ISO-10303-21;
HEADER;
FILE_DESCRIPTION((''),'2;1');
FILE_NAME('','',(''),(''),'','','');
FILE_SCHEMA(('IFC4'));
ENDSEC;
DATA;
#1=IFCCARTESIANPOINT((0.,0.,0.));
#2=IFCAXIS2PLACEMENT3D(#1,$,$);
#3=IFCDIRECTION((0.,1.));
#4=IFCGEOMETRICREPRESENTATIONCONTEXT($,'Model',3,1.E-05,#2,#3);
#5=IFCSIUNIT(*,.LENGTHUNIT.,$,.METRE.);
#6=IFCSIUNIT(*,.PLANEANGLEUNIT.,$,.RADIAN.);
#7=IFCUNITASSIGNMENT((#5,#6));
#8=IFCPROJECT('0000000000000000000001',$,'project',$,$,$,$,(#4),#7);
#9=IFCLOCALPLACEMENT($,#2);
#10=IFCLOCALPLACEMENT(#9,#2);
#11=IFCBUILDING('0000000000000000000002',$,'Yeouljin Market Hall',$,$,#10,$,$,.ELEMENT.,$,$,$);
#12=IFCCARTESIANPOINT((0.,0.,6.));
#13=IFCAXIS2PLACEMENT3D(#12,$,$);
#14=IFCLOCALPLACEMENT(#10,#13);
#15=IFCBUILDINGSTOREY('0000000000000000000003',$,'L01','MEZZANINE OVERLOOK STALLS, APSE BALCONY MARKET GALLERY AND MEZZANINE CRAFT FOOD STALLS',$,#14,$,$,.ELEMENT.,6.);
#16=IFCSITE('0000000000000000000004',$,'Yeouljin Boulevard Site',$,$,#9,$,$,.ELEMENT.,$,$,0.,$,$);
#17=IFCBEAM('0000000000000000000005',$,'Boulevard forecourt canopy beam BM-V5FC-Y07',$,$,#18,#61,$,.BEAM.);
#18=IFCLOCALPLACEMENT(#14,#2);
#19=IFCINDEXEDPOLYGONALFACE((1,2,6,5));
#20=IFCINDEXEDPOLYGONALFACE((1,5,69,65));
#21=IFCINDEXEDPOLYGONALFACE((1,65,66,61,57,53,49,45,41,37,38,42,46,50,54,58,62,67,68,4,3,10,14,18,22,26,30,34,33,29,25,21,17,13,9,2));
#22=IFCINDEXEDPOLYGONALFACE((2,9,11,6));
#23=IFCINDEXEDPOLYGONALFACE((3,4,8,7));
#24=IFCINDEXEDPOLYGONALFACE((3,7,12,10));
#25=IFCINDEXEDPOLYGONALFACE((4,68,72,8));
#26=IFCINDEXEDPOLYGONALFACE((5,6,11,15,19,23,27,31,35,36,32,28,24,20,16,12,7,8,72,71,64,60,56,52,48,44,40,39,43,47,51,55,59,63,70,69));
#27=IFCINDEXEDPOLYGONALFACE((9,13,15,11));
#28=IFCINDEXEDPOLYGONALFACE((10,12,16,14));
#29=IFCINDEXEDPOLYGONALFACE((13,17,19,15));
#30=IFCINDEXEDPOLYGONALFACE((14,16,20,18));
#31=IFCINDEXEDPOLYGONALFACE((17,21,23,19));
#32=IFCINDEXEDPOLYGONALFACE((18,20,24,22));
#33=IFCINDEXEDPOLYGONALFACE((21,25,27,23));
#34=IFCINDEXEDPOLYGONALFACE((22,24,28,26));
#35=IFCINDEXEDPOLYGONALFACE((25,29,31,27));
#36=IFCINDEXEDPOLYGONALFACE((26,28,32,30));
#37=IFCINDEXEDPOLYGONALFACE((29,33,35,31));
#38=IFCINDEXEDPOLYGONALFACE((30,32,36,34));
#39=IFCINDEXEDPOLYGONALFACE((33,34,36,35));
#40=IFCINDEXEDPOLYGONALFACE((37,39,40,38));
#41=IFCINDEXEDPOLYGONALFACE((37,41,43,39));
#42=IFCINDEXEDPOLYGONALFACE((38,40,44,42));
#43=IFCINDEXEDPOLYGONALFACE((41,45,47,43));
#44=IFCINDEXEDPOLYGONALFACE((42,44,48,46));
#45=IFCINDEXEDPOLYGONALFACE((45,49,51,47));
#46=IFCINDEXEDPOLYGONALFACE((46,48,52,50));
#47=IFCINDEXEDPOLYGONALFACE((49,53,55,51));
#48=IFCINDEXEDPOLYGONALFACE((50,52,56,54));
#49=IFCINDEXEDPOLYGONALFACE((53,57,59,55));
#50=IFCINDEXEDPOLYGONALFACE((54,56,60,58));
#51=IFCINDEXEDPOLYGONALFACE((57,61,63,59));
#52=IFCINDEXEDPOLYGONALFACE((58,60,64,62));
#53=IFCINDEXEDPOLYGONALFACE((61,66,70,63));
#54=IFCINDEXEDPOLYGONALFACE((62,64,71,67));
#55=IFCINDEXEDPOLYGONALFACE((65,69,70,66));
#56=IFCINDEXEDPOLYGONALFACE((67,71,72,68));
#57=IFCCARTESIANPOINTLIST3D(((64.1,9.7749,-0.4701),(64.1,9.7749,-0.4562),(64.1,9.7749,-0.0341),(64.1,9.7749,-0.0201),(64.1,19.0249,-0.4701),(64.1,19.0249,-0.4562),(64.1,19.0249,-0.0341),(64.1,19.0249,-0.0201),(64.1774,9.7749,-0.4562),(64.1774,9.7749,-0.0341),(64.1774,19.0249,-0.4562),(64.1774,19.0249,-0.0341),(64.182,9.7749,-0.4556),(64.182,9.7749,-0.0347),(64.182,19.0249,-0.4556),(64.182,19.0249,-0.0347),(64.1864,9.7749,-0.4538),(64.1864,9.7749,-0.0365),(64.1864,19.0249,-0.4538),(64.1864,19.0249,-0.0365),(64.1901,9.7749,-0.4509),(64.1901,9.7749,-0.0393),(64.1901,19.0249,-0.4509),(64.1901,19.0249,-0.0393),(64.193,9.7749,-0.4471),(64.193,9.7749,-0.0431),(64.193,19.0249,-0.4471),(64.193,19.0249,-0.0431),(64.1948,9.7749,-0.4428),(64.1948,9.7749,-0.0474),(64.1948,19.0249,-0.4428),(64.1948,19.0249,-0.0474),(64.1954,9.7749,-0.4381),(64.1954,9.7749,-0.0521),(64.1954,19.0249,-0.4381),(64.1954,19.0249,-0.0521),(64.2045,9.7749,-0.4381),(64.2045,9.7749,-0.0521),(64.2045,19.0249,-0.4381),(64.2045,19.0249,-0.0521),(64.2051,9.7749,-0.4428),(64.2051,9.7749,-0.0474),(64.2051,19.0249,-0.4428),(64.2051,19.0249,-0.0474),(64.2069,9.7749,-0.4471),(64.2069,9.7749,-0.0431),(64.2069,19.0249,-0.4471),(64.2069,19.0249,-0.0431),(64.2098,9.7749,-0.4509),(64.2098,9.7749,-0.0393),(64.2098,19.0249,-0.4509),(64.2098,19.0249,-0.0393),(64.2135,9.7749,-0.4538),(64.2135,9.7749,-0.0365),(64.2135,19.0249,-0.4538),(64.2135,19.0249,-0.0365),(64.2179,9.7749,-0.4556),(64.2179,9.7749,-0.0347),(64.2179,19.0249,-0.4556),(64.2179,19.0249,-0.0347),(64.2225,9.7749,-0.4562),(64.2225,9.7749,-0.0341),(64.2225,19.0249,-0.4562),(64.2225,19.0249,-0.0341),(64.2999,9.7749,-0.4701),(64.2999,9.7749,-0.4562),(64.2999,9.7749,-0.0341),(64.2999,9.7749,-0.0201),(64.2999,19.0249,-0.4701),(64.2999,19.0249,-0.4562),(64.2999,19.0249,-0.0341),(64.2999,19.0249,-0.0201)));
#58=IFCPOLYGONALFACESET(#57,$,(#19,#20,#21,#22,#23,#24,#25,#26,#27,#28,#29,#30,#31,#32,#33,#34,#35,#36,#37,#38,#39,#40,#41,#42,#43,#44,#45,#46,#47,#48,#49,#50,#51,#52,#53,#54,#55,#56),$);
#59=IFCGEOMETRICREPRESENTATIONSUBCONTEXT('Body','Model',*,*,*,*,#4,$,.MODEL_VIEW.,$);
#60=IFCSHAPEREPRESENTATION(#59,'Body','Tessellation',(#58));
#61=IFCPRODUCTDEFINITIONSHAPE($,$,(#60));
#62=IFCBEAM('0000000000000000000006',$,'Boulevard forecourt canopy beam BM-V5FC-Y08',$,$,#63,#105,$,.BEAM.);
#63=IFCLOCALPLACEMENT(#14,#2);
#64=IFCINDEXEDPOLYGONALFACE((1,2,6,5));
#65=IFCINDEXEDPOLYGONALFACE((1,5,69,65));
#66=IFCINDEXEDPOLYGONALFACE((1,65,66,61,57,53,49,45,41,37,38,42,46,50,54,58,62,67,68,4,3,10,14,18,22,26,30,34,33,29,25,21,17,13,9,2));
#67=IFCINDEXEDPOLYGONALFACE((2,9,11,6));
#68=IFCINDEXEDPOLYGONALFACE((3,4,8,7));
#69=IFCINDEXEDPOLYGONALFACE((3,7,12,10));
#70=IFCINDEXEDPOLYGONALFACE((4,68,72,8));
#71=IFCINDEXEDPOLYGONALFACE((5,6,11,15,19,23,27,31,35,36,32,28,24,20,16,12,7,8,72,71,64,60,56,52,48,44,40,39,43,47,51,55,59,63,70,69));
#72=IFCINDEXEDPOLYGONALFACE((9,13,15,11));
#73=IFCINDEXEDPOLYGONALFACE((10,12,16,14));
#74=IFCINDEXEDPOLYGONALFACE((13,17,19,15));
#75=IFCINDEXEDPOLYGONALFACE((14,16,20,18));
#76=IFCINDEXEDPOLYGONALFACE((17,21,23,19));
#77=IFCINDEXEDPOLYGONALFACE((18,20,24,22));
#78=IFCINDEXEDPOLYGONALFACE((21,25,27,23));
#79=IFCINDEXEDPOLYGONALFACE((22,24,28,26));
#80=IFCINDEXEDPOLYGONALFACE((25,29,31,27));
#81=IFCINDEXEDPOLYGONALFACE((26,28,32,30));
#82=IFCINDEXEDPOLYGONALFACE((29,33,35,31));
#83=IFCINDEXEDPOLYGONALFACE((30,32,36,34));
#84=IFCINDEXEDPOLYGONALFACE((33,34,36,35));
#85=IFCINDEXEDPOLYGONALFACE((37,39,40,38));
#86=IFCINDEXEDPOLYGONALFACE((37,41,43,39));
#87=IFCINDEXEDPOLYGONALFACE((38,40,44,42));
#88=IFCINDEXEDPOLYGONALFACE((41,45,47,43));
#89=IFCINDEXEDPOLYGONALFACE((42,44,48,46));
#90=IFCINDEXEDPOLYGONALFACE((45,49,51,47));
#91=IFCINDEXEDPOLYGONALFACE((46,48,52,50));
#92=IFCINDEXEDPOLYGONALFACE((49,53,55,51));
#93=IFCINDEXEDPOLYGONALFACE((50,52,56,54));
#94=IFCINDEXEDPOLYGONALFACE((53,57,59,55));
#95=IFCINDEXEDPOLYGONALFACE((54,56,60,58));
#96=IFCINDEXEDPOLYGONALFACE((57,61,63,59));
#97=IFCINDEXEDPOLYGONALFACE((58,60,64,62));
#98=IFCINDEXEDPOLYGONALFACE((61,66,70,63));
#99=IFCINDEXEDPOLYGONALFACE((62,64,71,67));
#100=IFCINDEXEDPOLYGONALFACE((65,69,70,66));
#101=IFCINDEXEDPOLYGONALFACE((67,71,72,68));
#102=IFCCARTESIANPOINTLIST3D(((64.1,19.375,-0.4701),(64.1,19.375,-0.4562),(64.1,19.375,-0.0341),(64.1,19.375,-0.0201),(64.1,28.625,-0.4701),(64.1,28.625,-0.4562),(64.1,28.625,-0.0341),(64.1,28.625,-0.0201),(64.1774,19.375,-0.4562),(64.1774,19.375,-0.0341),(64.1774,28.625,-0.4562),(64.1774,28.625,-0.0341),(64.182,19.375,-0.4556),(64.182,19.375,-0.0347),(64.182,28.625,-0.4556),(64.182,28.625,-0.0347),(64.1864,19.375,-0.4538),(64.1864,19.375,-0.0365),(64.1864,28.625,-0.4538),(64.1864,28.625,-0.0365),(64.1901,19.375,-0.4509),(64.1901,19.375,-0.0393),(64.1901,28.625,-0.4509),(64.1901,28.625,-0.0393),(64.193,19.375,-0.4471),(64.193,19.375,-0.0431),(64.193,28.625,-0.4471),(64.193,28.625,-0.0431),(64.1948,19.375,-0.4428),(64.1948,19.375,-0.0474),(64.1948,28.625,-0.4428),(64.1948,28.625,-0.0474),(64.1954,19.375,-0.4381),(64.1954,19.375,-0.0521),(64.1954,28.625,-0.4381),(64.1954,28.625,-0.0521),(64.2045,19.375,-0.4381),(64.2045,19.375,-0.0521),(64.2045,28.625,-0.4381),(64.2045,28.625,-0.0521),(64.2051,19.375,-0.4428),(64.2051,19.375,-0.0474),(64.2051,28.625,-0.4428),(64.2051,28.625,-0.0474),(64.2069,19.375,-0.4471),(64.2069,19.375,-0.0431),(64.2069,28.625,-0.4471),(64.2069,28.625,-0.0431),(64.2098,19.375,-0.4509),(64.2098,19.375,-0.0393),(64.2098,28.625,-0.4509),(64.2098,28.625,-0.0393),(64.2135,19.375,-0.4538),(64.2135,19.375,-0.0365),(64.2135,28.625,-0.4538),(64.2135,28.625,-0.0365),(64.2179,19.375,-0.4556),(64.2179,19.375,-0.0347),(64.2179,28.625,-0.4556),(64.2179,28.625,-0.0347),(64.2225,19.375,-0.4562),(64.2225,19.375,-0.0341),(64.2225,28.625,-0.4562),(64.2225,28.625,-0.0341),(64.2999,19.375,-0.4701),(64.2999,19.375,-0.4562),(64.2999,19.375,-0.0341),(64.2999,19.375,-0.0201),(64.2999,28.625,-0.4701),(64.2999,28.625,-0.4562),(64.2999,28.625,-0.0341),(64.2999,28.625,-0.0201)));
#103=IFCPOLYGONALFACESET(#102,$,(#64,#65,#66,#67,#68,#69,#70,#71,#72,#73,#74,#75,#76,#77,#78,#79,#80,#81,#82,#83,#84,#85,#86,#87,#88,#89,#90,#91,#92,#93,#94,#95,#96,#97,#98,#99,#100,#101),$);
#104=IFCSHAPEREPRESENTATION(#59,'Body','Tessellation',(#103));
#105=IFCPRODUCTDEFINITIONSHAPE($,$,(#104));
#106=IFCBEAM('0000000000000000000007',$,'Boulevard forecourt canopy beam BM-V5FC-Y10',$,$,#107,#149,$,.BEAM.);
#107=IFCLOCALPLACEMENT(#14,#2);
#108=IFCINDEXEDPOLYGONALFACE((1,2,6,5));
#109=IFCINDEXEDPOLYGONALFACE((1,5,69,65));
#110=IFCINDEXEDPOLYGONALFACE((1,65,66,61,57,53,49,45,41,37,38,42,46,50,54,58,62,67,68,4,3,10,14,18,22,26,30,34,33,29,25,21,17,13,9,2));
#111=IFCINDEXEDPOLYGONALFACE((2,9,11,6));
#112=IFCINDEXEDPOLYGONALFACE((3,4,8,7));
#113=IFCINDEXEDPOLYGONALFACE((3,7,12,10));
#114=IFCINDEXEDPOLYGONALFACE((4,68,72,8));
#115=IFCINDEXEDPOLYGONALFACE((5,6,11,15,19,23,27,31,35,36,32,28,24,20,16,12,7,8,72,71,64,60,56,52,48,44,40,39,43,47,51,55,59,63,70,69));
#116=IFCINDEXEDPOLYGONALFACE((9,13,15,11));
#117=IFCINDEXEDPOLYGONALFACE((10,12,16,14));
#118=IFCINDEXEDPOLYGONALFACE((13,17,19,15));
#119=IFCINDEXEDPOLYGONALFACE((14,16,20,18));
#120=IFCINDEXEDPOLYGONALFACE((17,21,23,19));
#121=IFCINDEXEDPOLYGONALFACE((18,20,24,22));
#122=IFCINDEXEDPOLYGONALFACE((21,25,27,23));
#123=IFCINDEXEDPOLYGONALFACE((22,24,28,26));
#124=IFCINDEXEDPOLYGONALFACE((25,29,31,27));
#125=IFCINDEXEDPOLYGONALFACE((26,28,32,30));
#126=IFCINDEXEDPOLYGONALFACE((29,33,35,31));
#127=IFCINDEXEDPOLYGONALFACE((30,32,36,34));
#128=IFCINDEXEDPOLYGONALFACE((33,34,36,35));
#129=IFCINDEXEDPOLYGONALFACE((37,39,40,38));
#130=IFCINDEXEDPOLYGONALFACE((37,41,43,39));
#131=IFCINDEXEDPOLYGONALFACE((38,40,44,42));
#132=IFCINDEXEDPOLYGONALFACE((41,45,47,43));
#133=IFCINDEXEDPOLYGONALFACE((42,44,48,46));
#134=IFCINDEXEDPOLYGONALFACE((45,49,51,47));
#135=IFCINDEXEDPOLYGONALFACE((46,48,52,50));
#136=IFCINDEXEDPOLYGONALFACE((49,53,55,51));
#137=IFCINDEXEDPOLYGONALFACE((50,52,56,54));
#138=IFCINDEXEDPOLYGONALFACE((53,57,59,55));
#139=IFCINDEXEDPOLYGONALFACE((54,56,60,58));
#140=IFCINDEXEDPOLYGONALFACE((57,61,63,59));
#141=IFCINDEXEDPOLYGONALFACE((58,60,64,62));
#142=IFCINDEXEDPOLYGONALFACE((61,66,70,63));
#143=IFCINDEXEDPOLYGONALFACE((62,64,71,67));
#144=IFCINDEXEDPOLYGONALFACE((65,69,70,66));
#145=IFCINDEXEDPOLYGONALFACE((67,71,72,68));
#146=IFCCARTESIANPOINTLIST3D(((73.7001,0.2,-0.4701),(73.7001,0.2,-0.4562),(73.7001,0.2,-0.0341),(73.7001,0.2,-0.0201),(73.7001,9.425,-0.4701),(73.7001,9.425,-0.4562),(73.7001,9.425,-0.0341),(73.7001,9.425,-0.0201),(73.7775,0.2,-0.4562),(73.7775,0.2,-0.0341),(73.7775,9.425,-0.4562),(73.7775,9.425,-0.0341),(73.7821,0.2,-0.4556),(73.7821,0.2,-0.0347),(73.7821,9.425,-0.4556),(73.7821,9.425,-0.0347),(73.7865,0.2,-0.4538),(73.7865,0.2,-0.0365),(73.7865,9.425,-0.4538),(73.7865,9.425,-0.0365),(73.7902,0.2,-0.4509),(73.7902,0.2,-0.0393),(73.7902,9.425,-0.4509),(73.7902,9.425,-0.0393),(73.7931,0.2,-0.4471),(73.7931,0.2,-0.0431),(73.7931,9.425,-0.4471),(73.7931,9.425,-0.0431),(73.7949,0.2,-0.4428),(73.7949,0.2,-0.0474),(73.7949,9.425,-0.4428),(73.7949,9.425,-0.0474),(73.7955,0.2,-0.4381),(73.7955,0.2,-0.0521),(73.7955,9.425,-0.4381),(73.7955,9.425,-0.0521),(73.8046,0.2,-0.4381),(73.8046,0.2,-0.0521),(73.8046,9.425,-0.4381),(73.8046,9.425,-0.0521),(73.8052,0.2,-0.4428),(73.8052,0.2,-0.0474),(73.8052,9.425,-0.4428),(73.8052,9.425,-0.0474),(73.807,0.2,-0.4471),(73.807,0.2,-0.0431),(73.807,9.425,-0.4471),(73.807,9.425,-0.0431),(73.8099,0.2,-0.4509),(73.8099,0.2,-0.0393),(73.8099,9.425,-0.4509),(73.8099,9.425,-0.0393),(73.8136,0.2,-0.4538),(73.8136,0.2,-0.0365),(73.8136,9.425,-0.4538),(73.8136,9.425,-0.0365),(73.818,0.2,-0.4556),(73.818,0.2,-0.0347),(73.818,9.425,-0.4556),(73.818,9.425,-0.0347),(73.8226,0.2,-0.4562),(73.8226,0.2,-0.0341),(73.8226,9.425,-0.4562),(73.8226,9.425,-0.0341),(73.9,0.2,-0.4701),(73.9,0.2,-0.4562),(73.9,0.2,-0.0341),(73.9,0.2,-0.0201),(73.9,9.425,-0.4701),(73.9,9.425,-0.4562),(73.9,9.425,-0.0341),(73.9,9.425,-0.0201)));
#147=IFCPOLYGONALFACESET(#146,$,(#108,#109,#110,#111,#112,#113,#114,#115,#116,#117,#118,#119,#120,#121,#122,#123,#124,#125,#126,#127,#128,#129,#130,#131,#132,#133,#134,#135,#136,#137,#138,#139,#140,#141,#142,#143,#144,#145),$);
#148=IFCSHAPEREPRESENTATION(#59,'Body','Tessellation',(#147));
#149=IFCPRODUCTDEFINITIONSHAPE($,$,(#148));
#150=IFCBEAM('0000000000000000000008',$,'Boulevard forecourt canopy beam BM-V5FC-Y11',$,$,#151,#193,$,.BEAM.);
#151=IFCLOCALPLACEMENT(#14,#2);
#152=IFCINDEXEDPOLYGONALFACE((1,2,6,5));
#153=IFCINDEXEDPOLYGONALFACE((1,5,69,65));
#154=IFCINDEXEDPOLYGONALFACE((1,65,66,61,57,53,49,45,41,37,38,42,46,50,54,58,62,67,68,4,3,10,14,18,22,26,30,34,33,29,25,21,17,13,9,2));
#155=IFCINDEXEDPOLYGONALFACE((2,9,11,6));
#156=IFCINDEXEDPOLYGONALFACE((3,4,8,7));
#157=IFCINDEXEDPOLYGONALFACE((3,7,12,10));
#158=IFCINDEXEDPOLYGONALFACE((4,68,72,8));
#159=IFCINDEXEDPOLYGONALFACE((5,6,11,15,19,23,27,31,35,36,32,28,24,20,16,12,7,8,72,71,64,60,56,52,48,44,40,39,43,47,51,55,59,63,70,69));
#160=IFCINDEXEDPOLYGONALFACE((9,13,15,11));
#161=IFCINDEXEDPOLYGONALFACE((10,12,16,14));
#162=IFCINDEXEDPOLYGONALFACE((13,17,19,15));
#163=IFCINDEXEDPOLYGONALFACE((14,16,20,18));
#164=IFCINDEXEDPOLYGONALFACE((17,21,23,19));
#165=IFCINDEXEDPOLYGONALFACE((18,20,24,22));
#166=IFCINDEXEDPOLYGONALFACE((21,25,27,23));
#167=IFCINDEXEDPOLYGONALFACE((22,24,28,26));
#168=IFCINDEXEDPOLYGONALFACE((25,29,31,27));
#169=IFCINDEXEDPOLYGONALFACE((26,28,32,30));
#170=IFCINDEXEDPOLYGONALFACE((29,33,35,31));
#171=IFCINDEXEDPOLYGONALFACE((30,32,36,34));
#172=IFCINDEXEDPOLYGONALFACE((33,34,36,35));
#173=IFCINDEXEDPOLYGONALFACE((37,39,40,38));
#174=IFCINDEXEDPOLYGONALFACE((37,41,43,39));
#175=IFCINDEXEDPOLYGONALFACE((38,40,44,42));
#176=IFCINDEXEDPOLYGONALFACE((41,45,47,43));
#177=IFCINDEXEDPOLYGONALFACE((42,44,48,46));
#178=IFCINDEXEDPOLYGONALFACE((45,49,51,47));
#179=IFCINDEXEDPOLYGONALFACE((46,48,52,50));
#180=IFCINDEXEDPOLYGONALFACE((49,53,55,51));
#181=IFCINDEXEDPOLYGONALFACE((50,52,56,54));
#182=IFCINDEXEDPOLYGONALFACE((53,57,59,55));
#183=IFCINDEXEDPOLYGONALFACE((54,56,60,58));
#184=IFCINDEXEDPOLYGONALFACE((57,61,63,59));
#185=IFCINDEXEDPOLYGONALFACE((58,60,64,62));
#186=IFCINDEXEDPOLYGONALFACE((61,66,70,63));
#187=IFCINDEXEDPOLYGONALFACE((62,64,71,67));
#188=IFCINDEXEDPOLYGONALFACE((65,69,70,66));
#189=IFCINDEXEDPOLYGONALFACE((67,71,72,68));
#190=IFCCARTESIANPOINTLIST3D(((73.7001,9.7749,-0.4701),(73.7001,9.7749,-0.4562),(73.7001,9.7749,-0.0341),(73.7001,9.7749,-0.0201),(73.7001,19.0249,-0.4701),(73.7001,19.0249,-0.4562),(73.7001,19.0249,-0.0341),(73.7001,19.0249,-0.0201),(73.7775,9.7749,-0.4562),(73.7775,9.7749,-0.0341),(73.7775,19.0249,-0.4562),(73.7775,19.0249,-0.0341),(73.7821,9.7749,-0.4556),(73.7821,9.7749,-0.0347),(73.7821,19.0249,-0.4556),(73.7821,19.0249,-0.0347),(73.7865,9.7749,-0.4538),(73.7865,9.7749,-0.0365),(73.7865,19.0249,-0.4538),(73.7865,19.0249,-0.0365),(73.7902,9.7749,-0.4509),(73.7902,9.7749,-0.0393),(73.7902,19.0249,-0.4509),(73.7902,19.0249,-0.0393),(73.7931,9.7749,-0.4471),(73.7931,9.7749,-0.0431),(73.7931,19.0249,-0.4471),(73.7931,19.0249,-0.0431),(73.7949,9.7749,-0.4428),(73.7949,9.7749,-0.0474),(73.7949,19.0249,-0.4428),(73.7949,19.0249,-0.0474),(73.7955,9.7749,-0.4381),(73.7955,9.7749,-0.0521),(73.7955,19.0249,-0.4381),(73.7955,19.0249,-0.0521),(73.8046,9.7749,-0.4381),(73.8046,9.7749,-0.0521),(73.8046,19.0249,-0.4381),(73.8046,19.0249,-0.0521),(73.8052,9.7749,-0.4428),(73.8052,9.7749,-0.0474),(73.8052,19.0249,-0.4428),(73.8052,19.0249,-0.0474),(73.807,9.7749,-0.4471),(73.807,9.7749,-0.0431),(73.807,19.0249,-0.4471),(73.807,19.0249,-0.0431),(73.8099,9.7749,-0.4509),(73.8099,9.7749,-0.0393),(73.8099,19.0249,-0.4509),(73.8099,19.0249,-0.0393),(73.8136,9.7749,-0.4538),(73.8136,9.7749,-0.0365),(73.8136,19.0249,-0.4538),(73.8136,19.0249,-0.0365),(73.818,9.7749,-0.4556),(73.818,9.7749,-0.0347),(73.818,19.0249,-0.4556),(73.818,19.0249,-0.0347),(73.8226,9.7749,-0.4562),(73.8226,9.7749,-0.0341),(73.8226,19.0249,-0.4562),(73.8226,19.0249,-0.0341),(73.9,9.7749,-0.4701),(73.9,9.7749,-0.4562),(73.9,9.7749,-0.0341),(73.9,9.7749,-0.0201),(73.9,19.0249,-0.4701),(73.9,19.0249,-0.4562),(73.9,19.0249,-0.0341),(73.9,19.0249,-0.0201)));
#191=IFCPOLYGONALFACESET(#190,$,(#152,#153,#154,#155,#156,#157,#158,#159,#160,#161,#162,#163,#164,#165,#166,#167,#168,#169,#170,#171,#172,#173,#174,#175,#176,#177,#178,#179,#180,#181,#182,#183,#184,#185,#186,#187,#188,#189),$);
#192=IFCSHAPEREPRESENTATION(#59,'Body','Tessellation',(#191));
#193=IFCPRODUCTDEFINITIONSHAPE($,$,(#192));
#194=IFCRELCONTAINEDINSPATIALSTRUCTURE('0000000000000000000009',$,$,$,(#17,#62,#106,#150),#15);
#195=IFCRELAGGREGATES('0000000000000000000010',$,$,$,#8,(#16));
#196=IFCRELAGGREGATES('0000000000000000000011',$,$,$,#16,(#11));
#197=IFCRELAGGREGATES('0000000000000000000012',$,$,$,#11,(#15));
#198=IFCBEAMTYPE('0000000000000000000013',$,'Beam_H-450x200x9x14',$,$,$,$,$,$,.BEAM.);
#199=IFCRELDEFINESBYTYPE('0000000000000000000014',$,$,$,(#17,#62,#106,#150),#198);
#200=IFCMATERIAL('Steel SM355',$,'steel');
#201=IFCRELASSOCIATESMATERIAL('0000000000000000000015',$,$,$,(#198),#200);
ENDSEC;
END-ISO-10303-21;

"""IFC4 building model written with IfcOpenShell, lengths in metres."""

from ifc_helpers import new_model, si_unit, direction, frame, origin, origin_2d, place, context, subcontext, project, spatial, i_section, extrude, material, material_profile, profile_set, type_object, element, save


model = new_model("IFC4")

# Units and contexts
model_context = context("Model", 3, precision=1e-05, world=origin(), true_north=direction((0.0, 1.0)))
body_context = subcontext(model_context, "Body", "Model", "MODEL_VIEW")
ifc_project = project(units=[si_unit("LENGTHUNIT", "METRE"), si_unit("PLANEANGLEUNIT", "RADIAN")], contexts=[model_context])

# Site, building, storey
site_placement = place(None, origin())
site = spatial("IfcSite", under=ifc_project, at=site_placement, Name="Yeouljin Boulevard Site", CompositionType="ELEMENT", RefElevation=0.0)
building_placement = place(site_placement, origin())
building = spatial("IfcBuilding", under=site, at=building_placement, Name="Yeouljin Market Hall", CompositionType="ELEMENT")
storey_placement = place(building_placement, frame((0.0, 0.0, 6.0)))
storey = spatial("IfcBuildingStorey", under=building, at=storey_placement, Name="L01", Description="MEZZANINE OVERLOOK STALLS, APSE BALCONY MARKET GALLERY AND MEZZANINE CRAFT FOOD STALLS", CompositionType="ELEMENT", Elevation=6.0)

# Beams
ifc_material_1 = material(Name="Steel SM355", Category="steel")
ifc_material_profile_1 = material_profile(ifc_material_1, i_section(OverallWidth=0.2, OverallDepth=0.45, WebThickness=0.009, FlangeThickness=0.0139, FilletRadius=0.0181, at=origin_2d()), Name="H-450x200x9x14")
ifc_profile_set_1 = profile_set([ifc_material_profile_1], Name="Steel SM355")
beam_type_1 = type_object("IfcBeamType", Name="Beam_H-450x200x9x14", PredefinedType="BEAM", material=ifc_profile_set_1)
for number, where, z_axis, x_axis, name in (
    (1, (64.2, 9.7749, -0.2451), (0.0, 1.0, 0.0), (-1.0, 0.0, 0.0), "Boulevard forecourt canopy beam BM-V5FC-Y07"),
    (2, (64.2, 19.375, -0.2451), (0.0, 1.0, 0.0), (-1.0, 0.0, 0.0), "Boulevard forecourt canopy beam BM-V5FC-Y08"),
):
    element("IfcBeam", number, at=place(storey_placement, frame(where, z_axis=z_axis, x_axis=x_axis)), inside=storey, type_object=beam_type_1, Name=name, PredefinedType="BEAM", context=body_context, shape_type="SweptSolid", body=[
        extrude(i_section(OverallWidth=0.2, OverallDepth=0.45, WebThickness=0.009, FlangeThickness=0.0139, FilletRadius=0.0181, at=origin_2d()), origin(), (0.0, 0.0, 1.0), 9.25),
    ])
beam_1_placement = place(storey_placement, frame((73.8, 0.2, -0.2451), z_axis=(0.0, 1.0, 0.0), x_axis=(-1.0, 0.0, 0.0)))
element("IfcBeam", 3, at=beam_1_placement, inside=storey, type_object=beam_type_1, Name="Boulevard forecourt canopy beam BM-V5FC-Y10", PredefinedType="BEAM", context=body_context, shape_type="SweptSolid", body=[
    extrude(i_section(OverallWidth=0.2, OverallDepth=0.45, WebThickness=0.009, FlangeThickness=0.0139, FilletRadius=0.0181, at=origin_2d()), origin(), (0.0, 0.0, 1.0), 9.2251),
])
for number, where, z_axis, x_axis, name in (
    (4, (73.8, 9.7749, -0.2451), (0.0, 1.0, 0.0), (-1.0, 0.0, 0.0), "Boulevard forecourt canopy beam BM-V5FC-Y11"),
):
    element("IfcBeam", number, at=place(storey_placement, frame(where, z_axis=z_axis, x_axis=x_axis)), inside=storey, type_object=beam_type_1, Name=name, PredefinedType="BEAM", context=body_context, shape_type="SweptSolid", body=[
        extrude(i_section(OverallWidth=0.2, OverallDepth=0.45, WebThickness=0.009, FlangeThickness=0.0139, FilletRadius=0.0181, at=origin_2d()), origin(), (0.0, 0.0, 1.0), 9.25),
    ])

save(model, "model.ifc")
